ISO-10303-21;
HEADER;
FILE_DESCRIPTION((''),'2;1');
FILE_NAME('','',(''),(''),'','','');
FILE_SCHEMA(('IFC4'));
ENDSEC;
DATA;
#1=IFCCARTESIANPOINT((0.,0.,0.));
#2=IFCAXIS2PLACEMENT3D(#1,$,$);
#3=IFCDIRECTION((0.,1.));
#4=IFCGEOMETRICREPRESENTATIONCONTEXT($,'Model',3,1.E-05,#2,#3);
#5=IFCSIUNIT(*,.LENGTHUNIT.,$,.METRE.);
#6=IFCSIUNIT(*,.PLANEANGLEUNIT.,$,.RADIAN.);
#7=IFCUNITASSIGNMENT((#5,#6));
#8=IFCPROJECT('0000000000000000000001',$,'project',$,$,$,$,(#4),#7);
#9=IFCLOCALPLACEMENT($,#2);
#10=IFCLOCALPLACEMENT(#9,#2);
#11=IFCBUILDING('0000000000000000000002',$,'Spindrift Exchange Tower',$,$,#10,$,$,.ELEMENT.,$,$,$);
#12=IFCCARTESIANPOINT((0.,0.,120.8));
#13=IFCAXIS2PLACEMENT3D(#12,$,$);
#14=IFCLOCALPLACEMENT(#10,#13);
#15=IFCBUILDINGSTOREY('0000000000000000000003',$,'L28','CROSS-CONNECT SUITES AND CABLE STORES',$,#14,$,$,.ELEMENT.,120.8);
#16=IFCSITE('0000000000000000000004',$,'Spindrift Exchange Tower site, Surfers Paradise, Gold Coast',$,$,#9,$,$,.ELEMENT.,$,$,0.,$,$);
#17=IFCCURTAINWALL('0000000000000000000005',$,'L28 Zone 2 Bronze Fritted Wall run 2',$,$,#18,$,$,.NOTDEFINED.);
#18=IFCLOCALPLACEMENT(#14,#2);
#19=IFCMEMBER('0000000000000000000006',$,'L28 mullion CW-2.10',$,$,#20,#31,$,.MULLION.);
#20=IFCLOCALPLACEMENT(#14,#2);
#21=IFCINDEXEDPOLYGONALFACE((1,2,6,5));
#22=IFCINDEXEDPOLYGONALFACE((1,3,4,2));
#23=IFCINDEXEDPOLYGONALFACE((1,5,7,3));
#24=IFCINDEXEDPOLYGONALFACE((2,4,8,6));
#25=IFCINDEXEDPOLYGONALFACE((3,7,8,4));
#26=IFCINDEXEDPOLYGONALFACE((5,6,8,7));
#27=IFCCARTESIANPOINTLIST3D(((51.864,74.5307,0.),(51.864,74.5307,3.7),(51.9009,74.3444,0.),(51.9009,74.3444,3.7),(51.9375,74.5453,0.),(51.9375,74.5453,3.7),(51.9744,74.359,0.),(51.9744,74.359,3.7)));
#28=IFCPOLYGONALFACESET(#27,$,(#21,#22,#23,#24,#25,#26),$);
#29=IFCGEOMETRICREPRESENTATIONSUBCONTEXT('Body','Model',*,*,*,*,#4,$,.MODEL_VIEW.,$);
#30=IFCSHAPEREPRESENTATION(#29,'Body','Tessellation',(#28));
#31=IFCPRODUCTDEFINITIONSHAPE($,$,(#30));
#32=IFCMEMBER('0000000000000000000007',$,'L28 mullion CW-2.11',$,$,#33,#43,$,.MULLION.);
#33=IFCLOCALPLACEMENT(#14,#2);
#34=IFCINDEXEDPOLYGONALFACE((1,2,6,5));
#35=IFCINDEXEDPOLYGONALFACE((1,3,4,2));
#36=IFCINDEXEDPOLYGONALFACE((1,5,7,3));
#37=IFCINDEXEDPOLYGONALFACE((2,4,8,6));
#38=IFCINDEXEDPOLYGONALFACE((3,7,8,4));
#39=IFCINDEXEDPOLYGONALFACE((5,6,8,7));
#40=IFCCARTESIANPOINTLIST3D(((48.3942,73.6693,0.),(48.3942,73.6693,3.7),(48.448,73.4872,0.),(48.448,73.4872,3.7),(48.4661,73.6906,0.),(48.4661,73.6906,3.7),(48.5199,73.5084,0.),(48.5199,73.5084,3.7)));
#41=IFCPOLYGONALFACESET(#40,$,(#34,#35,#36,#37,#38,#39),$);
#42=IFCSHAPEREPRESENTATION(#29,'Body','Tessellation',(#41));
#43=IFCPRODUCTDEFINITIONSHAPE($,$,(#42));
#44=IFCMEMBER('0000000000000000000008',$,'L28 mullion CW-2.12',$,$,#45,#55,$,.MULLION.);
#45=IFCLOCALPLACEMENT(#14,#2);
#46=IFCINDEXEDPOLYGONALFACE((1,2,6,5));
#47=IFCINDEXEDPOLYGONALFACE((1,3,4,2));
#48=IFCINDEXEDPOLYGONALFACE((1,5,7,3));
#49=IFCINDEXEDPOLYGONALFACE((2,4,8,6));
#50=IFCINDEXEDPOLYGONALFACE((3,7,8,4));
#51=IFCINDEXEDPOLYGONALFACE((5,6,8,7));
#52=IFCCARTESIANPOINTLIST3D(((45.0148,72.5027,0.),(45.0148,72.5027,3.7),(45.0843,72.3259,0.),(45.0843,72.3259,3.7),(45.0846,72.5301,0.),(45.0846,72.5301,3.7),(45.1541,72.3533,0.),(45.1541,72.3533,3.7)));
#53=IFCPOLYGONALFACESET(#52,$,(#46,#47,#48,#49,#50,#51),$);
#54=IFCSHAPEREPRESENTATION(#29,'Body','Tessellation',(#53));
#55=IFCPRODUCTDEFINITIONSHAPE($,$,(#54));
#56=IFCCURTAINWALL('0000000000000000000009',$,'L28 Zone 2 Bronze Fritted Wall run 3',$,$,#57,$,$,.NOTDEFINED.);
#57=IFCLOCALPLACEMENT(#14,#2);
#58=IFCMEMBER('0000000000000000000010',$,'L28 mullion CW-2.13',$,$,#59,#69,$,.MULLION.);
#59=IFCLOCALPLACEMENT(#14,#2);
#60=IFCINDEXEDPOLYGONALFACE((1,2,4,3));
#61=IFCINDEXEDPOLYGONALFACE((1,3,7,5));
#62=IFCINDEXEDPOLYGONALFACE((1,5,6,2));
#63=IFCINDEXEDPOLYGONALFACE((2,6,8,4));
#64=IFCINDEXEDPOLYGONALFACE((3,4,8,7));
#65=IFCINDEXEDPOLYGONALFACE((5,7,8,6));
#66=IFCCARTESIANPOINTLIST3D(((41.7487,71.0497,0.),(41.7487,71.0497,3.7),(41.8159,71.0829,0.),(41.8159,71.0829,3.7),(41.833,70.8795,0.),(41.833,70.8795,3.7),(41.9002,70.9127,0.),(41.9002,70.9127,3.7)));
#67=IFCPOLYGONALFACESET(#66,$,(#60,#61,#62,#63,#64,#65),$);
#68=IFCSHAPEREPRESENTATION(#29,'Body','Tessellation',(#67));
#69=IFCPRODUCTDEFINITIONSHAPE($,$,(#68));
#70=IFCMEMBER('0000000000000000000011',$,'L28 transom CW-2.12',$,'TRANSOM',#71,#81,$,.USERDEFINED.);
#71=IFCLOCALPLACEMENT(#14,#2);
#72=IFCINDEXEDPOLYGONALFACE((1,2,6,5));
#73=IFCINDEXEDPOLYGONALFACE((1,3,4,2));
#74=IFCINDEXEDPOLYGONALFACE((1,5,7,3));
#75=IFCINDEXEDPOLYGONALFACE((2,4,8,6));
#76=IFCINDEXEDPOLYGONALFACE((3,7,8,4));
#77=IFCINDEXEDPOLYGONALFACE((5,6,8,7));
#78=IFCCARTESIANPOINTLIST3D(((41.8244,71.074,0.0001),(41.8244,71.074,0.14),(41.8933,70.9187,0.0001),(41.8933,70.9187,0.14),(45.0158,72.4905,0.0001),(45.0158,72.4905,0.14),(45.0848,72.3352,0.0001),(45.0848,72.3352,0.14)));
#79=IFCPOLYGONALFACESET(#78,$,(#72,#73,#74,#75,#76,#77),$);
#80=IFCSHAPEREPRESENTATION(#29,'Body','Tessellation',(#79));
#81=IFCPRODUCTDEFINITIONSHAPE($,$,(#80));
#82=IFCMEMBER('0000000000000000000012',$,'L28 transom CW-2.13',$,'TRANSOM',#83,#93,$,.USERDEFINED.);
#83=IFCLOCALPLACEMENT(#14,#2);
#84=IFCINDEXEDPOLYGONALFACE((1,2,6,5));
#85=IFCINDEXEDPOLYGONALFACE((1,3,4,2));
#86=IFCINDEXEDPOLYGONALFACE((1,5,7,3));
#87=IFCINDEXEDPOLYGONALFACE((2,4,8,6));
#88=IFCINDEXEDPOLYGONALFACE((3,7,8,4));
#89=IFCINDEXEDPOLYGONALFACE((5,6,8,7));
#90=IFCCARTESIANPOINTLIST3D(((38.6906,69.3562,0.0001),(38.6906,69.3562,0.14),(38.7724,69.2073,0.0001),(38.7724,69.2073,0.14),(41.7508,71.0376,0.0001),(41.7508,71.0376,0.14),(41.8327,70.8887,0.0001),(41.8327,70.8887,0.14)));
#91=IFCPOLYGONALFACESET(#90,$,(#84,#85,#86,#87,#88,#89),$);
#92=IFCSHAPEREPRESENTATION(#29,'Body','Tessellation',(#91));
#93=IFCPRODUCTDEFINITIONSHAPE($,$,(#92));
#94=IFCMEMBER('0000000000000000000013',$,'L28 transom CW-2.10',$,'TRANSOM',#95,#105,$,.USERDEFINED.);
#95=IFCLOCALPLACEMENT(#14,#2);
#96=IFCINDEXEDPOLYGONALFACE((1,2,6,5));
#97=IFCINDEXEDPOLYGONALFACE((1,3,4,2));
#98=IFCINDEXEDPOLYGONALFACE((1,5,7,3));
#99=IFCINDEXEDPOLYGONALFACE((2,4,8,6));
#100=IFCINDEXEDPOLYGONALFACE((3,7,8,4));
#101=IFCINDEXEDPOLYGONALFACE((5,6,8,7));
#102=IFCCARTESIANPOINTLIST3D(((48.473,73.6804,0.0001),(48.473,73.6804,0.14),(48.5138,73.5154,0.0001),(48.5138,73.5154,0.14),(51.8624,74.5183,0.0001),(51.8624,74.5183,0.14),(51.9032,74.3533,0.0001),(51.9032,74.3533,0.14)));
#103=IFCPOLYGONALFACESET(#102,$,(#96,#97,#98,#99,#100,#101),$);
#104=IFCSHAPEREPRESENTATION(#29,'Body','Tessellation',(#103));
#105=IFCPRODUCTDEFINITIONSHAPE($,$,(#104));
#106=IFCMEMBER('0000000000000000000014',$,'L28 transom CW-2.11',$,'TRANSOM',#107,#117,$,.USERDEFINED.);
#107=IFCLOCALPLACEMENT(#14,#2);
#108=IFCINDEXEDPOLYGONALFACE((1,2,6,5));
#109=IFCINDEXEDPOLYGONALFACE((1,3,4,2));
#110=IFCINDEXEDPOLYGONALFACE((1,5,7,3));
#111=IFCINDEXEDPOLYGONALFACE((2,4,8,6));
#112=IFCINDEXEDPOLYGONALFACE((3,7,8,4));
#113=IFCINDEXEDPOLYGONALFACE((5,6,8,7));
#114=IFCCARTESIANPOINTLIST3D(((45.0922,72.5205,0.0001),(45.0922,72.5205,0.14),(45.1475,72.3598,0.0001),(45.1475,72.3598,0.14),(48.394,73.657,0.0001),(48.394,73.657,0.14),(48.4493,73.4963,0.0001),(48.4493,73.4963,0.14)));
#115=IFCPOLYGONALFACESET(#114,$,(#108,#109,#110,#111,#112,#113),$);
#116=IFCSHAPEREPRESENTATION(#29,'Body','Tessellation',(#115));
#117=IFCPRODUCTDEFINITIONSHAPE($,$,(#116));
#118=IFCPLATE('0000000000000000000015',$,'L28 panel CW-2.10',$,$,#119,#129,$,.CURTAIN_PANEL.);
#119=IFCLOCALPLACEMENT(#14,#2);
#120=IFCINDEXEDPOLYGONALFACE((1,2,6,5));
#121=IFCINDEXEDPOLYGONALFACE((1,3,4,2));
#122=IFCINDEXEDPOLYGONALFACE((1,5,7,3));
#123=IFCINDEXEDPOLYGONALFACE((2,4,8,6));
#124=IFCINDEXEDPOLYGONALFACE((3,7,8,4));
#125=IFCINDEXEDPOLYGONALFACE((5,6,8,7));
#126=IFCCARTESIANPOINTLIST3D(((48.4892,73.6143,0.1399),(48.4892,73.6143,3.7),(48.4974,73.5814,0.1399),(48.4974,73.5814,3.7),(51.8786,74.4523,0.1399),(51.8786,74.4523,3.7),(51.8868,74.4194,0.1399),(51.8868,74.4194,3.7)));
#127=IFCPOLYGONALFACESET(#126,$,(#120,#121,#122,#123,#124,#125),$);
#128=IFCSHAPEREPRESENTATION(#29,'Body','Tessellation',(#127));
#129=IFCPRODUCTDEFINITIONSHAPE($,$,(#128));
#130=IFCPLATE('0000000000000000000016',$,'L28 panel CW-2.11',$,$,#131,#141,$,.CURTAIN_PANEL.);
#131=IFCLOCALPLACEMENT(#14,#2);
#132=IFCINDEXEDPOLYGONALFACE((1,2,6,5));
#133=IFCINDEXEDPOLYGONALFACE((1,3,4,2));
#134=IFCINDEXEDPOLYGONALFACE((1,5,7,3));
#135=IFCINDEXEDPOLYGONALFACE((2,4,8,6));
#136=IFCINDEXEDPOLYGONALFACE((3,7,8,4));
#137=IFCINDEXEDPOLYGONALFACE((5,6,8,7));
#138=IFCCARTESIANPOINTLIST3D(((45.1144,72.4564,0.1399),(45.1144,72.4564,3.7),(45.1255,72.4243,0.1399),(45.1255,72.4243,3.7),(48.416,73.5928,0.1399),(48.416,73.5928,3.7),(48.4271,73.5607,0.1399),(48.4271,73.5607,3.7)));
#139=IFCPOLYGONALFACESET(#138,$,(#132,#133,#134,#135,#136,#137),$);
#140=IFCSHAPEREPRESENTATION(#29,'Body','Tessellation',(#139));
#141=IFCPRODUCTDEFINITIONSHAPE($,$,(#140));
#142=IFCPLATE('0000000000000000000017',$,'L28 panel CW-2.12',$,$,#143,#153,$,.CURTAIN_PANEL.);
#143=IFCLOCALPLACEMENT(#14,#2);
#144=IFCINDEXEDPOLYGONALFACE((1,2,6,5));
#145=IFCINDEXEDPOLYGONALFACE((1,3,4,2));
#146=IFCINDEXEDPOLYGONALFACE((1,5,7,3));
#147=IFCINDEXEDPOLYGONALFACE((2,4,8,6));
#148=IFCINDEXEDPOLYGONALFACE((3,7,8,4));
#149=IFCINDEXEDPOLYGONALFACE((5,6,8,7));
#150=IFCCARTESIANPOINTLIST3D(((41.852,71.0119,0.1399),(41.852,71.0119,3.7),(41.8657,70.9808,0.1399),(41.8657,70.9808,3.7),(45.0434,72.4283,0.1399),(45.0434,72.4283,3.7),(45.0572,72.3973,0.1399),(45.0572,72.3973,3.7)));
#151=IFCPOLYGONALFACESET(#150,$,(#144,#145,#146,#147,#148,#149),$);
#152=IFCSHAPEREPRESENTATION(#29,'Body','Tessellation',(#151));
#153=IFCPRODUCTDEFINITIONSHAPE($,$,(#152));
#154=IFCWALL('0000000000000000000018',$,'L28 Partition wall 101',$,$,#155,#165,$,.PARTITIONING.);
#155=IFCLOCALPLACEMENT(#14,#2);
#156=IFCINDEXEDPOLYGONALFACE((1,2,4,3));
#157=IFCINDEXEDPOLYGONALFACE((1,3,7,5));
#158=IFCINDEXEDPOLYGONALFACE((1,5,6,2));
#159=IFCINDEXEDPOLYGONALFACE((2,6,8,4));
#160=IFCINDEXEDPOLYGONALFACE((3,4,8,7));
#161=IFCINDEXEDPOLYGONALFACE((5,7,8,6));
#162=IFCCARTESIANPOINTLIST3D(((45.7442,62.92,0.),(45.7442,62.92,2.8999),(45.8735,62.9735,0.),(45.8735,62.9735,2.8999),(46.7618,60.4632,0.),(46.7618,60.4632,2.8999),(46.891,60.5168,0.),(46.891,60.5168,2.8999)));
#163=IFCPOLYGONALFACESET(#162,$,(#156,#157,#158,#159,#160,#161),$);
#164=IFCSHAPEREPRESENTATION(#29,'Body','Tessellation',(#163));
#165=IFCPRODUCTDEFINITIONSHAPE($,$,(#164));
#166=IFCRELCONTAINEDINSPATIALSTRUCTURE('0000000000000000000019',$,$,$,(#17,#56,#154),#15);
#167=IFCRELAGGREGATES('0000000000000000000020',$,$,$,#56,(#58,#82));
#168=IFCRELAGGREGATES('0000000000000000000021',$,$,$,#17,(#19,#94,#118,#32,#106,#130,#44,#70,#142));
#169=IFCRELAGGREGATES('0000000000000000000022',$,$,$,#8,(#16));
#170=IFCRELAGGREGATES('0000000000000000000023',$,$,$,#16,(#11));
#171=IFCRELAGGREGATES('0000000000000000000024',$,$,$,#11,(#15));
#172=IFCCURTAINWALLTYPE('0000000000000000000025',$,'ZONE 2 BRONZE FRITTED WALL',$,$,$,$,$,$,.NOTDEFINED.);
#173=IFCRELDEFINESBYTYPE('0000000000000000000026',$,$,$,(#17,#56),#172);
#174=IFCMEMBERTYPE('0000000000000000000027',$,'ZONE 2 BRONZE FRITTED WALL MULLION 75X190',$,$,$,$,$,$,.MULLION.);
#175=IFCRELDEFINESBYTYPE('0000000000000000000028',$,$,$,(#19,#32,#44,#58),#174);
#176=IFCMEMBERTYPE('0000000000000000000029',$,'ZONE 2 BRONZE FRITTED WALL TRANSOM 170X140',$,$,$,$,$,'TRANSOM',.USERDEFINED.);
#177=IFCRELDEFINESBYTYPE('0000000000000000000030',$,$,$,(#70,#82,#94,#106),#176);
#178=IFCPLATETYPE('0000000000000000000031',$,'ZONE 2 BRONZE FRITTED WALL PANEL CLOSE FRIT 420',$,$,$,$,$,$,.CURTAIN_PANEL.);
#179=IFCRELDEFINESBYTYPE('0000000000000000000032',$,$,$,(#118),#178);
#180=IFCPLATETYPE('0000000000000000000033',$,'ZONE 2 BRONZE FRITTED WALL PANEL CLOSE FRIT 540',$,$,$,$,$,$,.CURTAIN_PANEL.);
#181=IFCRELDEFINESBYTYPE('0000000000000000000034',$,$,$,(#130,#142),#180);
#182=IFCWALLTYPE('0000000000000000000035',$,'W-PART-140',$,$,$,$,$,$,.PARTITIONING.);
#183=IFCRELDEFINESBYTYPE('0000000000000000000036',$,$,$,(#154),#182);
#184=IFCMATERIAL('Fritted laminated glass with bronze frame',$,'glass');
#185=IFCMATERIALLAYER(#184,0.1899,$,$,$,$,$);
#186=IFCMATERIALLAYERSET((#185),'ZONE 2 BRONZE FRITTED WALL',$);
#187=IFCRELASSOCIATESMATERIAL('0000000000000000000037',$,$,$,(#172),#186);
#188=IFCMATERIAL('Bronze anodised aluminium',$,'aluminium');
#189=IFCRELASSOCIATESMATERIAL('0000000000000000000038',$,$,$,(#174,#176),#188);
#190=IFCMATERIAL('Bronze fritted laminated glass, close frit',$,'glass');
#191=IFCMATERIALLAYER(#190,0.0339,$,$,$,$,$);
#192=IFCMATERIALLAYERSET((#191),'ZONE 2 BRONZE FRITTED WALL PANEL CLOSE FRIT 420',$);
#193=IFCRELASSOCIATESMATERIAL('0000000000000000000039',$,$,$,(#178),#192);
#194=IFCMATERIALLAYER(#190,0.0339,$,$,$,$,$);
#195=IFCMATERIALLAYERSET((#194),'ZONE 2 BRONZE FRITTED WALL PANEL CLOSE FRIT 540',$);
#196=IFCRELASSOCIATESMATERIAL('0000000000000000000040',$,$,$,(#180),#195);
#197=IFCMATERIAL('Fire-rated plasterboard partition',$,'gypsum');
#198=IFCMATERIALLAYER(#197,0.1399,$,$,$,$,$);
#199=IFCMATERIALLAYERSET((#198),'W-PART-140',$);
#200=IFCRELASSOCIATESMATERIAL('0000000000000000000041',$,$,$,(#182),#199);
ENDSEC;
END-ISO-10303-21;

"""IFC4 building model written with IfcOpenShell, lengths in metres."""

from ifc_helpers import new_model, si_unit, direction, frame, frame_2d, origin, origin_2d, place, context, subcontext, project, spatial, rectangle, extrude, source, transform, mapped, material, layer, layer_set, material_profile, profile_set, type_object, element, aggregate, save


model = new_model("IFC4")

# Units and contexts
model_context = context("Model", 3, precision=1e-05, world=origin(), true_north=direction((0.0, 1.0)))
body_context = subcontext(model_context, "Body", "Model", "MODEL_VIEW")
ifc_project = project(units=[si_unit("LENGTHUNIT", "METRE"), si_unit("PLANEANGLEUNIT", "RADIAN")], contexts=[model_context])

# Site, building, storey
site_placement = place(None, origin())
site = spatial("IfcSite", under=ifc_project, at=site_placement, Name="Spindrift Exchange Tower site, Surfers Paradise, Gold Coast", CompositionType="ELEMENT", RefElevation=0.0)
building_placement = place(site_placement, origin())
building = spatial("IfcBuilding", under=site, at=building_placement, Name="Spindrift Exchange Tower", CompositionType="ELEMENT")
storey_placement = place(building_placement, frame((0.0, 0.0, 120.8)))
storey = spatial("IfcBuildingStorey", under=building, at=storey_placement, Name="L28", Description="CROSS-CONNECT SUITES AND CABLE STORES", CompositionType="ELEMENT", Elevation=120.8)

# Curtain wall, members
ifc_material_1 = material(Name="Fritted laminated glass with bronze frame", Category="glass")
ifc_layer_1 = layer(ifc_material_1, 0.1899)
ifc_layer_set_1 = layer_set([ifc_layer_1], Name="ZONE 2 BRONZE FRITTED WALL")
curtain_wall_type = type_object("IfcCurtainWallType", Name="ZONE 2 BRONZE FRITTED WALL", PredefinedType="NOTDEFINED", material=ifc_layer_set_1)
curtain_wall_1_placement = place(storey_placement, origin())
curtain_wall_1 = element("IfcCurtainWall", 1, at=curtain_wall_1_placement, inside=storey, type_object=curtain_wall_type, Name="L28 Zone 2 Bronze Fritted Wall run 2", PredefinedType="NOTDEFINED")
ifc_material_2 = material(Name="Bronze anodised aluminium", Category="aluminium")
ifc_material_profile_1 = material_profile(ifc_material_2, rectangle(XDim=0.075, YDim=0.1899, at=origin_2d()), Name="ZONE 2 BRONZE FRITTED WALL MULLION 75X190")
ifc_profile_set_1 = profile_set([ifc_material_profile_1], Name="Bronze anodised aluminium")
member_type_1 = type_object("IfcMemberType", Name="ZONE 2 BRONZE FRITTED WALL MULLION 75X190", PredefinedType="MULLION", material=ifc_profile_set_1)
shared_shape_1 = source(origin(), body_context, "Body", "SweptSolid", [
    extrude(rectangle(XDim=0.075, YDim=0.1899, at=origin_2d()), origin(), (0.0, 0.0, 1.0), 3.7),
])
member_1_placement = place(storey_placement, frame((51.9192, 74.4448, 0.0), z_axis=(0.0, 0.0, 1.0), x_axis=(-0.98092, -0.194412, 0.0)))
member_1 = element("IfcMember", 2, at=member_1_placement, type_object=member_type_1, Name="L28 mullion CW-2.10", PredefinedType="MULLION", context=body_context, shape_type="MappedRepresentation", body=[
    mapped(shared_shape_1, transform((0.0, 0.0, 0.0), scale=1.0)),
])
member_2_placement = place(storey_placement, frame((48.457, 73.5889, 0.0), z_axis=(0.0, 0.0, 1.0), x_axis=(-0.959115, -0.283017, 0.0)))
member_2 = element("IfcMember", 3, at=member_2_placement, type_object=member_type_1, Name="L28 mullion CW-2.11", PredefinedType="MULLION", context=body_context, shape_type="MappedRepresentation", body=[
    mapped(shared_shape_1, transform((0.0, 0.0, 0.0), scale=1.0)),
])
member_3_placement = place(storey_placement, frame((45.0845, 72.428, 0.0), z_axis=(0.0, 0.0, 1.0), x_axis=(-0.930652, -0.365905, 0.0)))
member_3 = element("IfcMember", 4, at=member_3_placement, type_object=member_type_1, Name="L28 mullion CW-2.12", PredefinedType="MULLION", context=body_context, shape_type="MappedRepresentation", body=[
    mapped(shared_shape_1, transform((0.0, 0.0, 0.0), scale=1.0)),
])

# Curtain wall, member
curtain_wall_2_placement = place(storey_placement, origin())
curtain_wall_2 = element("IfcCurtainWall", 5, at=curtain_wall_2_placement, inside=storey, type_object=curtain_wall_type, Name="L28 Zone 2 Bronze Fritted Wall run 3", PredefinedType="NOTDEFINED")
member_4_placement = place(storey_placement, frame((41.8245, 70.9812, 0.0), z_axis=(0.0, 0.0, 1.0), x_axis=(-0.896032, -0.443989, 0.0)))
member_4 = element("IfcMember", 6, at=member_4_placement, type_object=member_type_1, Name="L28 mullion CW-2.13", PredefinedType="MULLION", context=body_context, shape_type="MappedRepresentation", body=[
    mapped(shared_shape_1, transform((0.0, 0.0, 0.0), scale=1.0)),
])

# Members
ifc_material_profile_2 = material_profile(ifc_material_2, rectangle(XDim=0.1699, YDim=0.1399, at=origin_2d()), Name="ZONE 2 BRONZE FRITTED WALL TRANSOM 170X140")
ifc_profile_set_2 = profile_set([ifc_material_profile_2], Name="Bronze anodised aluminium")
member_type_2 = type_object("IfcMemberType", Name="ZONE 2 BRONZE FRITTED WALL TRANSOM 170X140", ElementType="TRANSOM", PredefinedType="USERDEFINED", material=ifc_profile_set_2)
shared_shape_2 = source(origin(), body_context, "Body", "SweptSolid", [
    extrude(rectangle(XDim=0.1699, YDim=0.1399, at=origin_2d()), origin(), (0.0, 0.0, 1.0), 3.4917),
])
member_5_placement = place(storey_placement, frame((45.0503, 72.4128, 0.0701), z_axis=(-0.914013, -0.405684, 0.0), x_axis=(0.405684, -0.914013, 0.0)))
member_5 = element("IfcMember", 7, at=member_5_placement, type_object=member_type_2, Name="L28 transom CW-2.12", ObjectType="TRANSOM", PredefinedType="USERDEFINED", context=body_context, shape_type="MappedRepresentation", body=[
    mapped(shared_shape_2, transform((0.0, 0.0, 0.0), scale=1.0)),
])
member_6_placement = place(storey_placement, frame((41.7917, 70.9631, 0.0701), z_axis=(-0.87643, -0.48153, 0.0), x_axis=(0.48153, -0.87643, 0.0)))
member_6 = element("IfcMember", 8, at=member_6_placement, type_object=member_type_2, Name="L28 transom CW-2.13", ObjectType="TRANSOM", PredefinedType="USERDEFINED", context=body_context, shape_type="MappedRepresentation", body=[
    mapped(shared_shape_2, transform((0.0, 0.0, 0.0), scale=1.0)),
])
aggregate(curtain_wall_2, [member_4, member_6])
shared_shape_3 = source(origin(), body_context, "Body", "SweptSolid", [
    extrude(rectangle(XDim=0.1699, YDim=0.1399, at=origin_2d()), origin(), (0.0, 0.0, 1.0), 3.4915),
])
member_7_placement = place(storey_placement, frame((51.8828, 74.4358, 0.0701), z_axis=(-0.970777, -0.239985, 0.0), x_axis=(0.239985, -0.970777, 0.0)))
member_7 = element("IfcMember", 9, at=member_7_placement, type_object=member_type_2, Name="L28 transom CW-2.10", ObjectType="TRANSOM", PredefinedType="USERDEFINED", context=body_context, shape_type="MappedRepresentation", body=[
    mapped(shared_shape_3, transform((0.0, 0.0, 0.0), scale=1.0)),
])
shared_shape_4 = source(origin(), body_context, "Body", "SweptSolid", [
    extrude(rectangle(XDim=0.1699, YDim=0.1399, at=origin_2d()), origin(), (0.0, 0.0, 1.0), 3.4919),
])
member_8_placement = place(storey_placement, frame((48.4216, 73.5767, 0.0701), z_axis=(-0.945555, -0.325463, 0.0), x_axis=(0.325463, -0.945555, 0.0)))
member_8 = element("IfcMember", 10, at=member_8_placement, type_object=member_type_2, Name="L28 transom CW-2.11", ObjectType="TRANSOM", PredefinedType="USERDEFINED", context=body_context, shape_type="MappedRepresentation", body=[
    mapped(shared_shape_4, transform((0.0, 0.0, 0.0), scale=1.0)),
])

# Plates
ifc_material_3 = material(Name="Bronze fritted laminated glass, close frit", Category="glass")
ifc_layer_2 = layer(ifc_material_3, 0.0339)
ifc_layer_set_2 = layer_set([ifc_layer_2], Name="ZONE 2 BRONZE FRITTED WALL PANEL CLOSE FRIT 420")
plate_type_1 = type_object("IfcPlateType", Name="ZONE 2 BRONZE FRITTED WALL PANEL CLOSE FRIT 420", PredefinedType="CURTAIN_PANEL", material=ifc_layer_set_2)
shared_shape_5 = source(origin(), body_context, "Body", "SweptSolid", [
    extrude(rectangle(XDim=3.4915, YDim=0.0339, at=origin_2d()), origin(), (0.0, 0.0, 1.0), 3.5601),
])
plate_1_placement = place(storey_placement, frame((50.188, 74.0168, 0.1399), z_axis=(0.0, 0.0, 1.0), x_axis=(-0.970769, -0.240015, 0.0)))
plate_1 = element("IfcPlate", 11, at=plate_1_placement, type_object=plate_type_1, Name="L28 panel CW-2.10", PredefinedType="CURTAIN_PANEL", context=body_context, shape_type="MappedRepresentation", body=[
    mapped(shared_shape_5, transform((0.0, 0.0, 0.0), scale=1.0)),
])
ifc_layer_3 = layer(ifc_material_3, 0.0339)
ifc_layer_set_3 = layer_set([ifc_layer_3], Name="ZONE 2 BRONZE FRITTED WALL PANEL CLOSE FRIT 540")
plate_type_2 = type_object("IfcPlateType", Name="ZONE 2 BRONZE FRITTED WALL PANEL CLOSE FRIT 540", PredefinedType="CURTAIN_PANEL", material=ifc_layer_set_3)
shared_shape_6 = source(origin(), body_context, "Body", "SweptSolid", [
    extrude(rectangle(XDim=3.4917, YDim=0.0339, at=origin_2d()), origin(), (0.0, 0.0, 1.0), 3.5601),
])
plate_2_placement = place(storey_placement, frame((46.7708, 73.0085, 0.1399), z_axis=(0.0, 0.0, 1.0), x_axis=(-0.945557, -0.325456, 0.0)))
plate_2 = element("IfcPlate", 12, at=plate_2_placement, type_object=plate_type_2, Name="L28 panel CW-2.11", PredefinedType="CURTAIN_PANEL", context=body_context, shape_type="MappedRepresentation", body=[
    mapped(shared_shape_6, transform((0.0, 0.0, 0.0), scale=1.0)),
])
plate_3_placement = place(storey_placement, frame((43.4546, 71.7046, 0.1399), z_axis=(0.0, 0.0, 1.0), x_axis=(-0.914018, -0.405673, 0.0)))
plate_3 = element("IfcPlate", 13, at=plate_3_placement, type_object=plate_type_2, Name="L28 panel CW-2.12", PredefinedType="CURTAIN_PANEL", context=body_context, shape_type="MappedRepresentation", body=[
    mapped(shared_shape_6, transform((0.0, 0.0, 0.0), scale=1.0)),
])
aggregate(curtain_wall_1, [member_1, member_7, plate_1, member_2, member_8, plate_2, member_3, member_5, plate_3])

# Wall
ifc_material_4 = material(Name="Fire-rated plasterboard partition", Category="gypsum")
ifc_layer_4 = layer(ifc_material_4, 0.1399)
ifc_layer_set_4 = layer_set([ifc_layer_4], Name="W-PART-140")
wall_type_1 = type_object("IfcWallType", Name="W-PART-140", PredefinedType="PARTITIONING", material=ifc_layer_set_4)
wall_1_placement = place(storey_placement, frame((46.8264, 60.49, 0.0), z_axis=(0.0, 0.0, 1.0), x_axis=(-0.382665, 0.923887, 0.0)))
element("IfcWall", 14, at=wall_1_placement, inside=storey, type_object=wall_type_1, Name="L28 Partition wall 101", PredefinedType="PARTITIONING", context=body_context, shape_type="SweptSolid", body=[
    extrude(rectangle(XDim=2.6592, YDim=0.1399, at=frame_2d((1.3296, 0.0))), origin(), (0.0, 0.0, 1.0), 2.8999),
])

save(model, "model.ifc")
